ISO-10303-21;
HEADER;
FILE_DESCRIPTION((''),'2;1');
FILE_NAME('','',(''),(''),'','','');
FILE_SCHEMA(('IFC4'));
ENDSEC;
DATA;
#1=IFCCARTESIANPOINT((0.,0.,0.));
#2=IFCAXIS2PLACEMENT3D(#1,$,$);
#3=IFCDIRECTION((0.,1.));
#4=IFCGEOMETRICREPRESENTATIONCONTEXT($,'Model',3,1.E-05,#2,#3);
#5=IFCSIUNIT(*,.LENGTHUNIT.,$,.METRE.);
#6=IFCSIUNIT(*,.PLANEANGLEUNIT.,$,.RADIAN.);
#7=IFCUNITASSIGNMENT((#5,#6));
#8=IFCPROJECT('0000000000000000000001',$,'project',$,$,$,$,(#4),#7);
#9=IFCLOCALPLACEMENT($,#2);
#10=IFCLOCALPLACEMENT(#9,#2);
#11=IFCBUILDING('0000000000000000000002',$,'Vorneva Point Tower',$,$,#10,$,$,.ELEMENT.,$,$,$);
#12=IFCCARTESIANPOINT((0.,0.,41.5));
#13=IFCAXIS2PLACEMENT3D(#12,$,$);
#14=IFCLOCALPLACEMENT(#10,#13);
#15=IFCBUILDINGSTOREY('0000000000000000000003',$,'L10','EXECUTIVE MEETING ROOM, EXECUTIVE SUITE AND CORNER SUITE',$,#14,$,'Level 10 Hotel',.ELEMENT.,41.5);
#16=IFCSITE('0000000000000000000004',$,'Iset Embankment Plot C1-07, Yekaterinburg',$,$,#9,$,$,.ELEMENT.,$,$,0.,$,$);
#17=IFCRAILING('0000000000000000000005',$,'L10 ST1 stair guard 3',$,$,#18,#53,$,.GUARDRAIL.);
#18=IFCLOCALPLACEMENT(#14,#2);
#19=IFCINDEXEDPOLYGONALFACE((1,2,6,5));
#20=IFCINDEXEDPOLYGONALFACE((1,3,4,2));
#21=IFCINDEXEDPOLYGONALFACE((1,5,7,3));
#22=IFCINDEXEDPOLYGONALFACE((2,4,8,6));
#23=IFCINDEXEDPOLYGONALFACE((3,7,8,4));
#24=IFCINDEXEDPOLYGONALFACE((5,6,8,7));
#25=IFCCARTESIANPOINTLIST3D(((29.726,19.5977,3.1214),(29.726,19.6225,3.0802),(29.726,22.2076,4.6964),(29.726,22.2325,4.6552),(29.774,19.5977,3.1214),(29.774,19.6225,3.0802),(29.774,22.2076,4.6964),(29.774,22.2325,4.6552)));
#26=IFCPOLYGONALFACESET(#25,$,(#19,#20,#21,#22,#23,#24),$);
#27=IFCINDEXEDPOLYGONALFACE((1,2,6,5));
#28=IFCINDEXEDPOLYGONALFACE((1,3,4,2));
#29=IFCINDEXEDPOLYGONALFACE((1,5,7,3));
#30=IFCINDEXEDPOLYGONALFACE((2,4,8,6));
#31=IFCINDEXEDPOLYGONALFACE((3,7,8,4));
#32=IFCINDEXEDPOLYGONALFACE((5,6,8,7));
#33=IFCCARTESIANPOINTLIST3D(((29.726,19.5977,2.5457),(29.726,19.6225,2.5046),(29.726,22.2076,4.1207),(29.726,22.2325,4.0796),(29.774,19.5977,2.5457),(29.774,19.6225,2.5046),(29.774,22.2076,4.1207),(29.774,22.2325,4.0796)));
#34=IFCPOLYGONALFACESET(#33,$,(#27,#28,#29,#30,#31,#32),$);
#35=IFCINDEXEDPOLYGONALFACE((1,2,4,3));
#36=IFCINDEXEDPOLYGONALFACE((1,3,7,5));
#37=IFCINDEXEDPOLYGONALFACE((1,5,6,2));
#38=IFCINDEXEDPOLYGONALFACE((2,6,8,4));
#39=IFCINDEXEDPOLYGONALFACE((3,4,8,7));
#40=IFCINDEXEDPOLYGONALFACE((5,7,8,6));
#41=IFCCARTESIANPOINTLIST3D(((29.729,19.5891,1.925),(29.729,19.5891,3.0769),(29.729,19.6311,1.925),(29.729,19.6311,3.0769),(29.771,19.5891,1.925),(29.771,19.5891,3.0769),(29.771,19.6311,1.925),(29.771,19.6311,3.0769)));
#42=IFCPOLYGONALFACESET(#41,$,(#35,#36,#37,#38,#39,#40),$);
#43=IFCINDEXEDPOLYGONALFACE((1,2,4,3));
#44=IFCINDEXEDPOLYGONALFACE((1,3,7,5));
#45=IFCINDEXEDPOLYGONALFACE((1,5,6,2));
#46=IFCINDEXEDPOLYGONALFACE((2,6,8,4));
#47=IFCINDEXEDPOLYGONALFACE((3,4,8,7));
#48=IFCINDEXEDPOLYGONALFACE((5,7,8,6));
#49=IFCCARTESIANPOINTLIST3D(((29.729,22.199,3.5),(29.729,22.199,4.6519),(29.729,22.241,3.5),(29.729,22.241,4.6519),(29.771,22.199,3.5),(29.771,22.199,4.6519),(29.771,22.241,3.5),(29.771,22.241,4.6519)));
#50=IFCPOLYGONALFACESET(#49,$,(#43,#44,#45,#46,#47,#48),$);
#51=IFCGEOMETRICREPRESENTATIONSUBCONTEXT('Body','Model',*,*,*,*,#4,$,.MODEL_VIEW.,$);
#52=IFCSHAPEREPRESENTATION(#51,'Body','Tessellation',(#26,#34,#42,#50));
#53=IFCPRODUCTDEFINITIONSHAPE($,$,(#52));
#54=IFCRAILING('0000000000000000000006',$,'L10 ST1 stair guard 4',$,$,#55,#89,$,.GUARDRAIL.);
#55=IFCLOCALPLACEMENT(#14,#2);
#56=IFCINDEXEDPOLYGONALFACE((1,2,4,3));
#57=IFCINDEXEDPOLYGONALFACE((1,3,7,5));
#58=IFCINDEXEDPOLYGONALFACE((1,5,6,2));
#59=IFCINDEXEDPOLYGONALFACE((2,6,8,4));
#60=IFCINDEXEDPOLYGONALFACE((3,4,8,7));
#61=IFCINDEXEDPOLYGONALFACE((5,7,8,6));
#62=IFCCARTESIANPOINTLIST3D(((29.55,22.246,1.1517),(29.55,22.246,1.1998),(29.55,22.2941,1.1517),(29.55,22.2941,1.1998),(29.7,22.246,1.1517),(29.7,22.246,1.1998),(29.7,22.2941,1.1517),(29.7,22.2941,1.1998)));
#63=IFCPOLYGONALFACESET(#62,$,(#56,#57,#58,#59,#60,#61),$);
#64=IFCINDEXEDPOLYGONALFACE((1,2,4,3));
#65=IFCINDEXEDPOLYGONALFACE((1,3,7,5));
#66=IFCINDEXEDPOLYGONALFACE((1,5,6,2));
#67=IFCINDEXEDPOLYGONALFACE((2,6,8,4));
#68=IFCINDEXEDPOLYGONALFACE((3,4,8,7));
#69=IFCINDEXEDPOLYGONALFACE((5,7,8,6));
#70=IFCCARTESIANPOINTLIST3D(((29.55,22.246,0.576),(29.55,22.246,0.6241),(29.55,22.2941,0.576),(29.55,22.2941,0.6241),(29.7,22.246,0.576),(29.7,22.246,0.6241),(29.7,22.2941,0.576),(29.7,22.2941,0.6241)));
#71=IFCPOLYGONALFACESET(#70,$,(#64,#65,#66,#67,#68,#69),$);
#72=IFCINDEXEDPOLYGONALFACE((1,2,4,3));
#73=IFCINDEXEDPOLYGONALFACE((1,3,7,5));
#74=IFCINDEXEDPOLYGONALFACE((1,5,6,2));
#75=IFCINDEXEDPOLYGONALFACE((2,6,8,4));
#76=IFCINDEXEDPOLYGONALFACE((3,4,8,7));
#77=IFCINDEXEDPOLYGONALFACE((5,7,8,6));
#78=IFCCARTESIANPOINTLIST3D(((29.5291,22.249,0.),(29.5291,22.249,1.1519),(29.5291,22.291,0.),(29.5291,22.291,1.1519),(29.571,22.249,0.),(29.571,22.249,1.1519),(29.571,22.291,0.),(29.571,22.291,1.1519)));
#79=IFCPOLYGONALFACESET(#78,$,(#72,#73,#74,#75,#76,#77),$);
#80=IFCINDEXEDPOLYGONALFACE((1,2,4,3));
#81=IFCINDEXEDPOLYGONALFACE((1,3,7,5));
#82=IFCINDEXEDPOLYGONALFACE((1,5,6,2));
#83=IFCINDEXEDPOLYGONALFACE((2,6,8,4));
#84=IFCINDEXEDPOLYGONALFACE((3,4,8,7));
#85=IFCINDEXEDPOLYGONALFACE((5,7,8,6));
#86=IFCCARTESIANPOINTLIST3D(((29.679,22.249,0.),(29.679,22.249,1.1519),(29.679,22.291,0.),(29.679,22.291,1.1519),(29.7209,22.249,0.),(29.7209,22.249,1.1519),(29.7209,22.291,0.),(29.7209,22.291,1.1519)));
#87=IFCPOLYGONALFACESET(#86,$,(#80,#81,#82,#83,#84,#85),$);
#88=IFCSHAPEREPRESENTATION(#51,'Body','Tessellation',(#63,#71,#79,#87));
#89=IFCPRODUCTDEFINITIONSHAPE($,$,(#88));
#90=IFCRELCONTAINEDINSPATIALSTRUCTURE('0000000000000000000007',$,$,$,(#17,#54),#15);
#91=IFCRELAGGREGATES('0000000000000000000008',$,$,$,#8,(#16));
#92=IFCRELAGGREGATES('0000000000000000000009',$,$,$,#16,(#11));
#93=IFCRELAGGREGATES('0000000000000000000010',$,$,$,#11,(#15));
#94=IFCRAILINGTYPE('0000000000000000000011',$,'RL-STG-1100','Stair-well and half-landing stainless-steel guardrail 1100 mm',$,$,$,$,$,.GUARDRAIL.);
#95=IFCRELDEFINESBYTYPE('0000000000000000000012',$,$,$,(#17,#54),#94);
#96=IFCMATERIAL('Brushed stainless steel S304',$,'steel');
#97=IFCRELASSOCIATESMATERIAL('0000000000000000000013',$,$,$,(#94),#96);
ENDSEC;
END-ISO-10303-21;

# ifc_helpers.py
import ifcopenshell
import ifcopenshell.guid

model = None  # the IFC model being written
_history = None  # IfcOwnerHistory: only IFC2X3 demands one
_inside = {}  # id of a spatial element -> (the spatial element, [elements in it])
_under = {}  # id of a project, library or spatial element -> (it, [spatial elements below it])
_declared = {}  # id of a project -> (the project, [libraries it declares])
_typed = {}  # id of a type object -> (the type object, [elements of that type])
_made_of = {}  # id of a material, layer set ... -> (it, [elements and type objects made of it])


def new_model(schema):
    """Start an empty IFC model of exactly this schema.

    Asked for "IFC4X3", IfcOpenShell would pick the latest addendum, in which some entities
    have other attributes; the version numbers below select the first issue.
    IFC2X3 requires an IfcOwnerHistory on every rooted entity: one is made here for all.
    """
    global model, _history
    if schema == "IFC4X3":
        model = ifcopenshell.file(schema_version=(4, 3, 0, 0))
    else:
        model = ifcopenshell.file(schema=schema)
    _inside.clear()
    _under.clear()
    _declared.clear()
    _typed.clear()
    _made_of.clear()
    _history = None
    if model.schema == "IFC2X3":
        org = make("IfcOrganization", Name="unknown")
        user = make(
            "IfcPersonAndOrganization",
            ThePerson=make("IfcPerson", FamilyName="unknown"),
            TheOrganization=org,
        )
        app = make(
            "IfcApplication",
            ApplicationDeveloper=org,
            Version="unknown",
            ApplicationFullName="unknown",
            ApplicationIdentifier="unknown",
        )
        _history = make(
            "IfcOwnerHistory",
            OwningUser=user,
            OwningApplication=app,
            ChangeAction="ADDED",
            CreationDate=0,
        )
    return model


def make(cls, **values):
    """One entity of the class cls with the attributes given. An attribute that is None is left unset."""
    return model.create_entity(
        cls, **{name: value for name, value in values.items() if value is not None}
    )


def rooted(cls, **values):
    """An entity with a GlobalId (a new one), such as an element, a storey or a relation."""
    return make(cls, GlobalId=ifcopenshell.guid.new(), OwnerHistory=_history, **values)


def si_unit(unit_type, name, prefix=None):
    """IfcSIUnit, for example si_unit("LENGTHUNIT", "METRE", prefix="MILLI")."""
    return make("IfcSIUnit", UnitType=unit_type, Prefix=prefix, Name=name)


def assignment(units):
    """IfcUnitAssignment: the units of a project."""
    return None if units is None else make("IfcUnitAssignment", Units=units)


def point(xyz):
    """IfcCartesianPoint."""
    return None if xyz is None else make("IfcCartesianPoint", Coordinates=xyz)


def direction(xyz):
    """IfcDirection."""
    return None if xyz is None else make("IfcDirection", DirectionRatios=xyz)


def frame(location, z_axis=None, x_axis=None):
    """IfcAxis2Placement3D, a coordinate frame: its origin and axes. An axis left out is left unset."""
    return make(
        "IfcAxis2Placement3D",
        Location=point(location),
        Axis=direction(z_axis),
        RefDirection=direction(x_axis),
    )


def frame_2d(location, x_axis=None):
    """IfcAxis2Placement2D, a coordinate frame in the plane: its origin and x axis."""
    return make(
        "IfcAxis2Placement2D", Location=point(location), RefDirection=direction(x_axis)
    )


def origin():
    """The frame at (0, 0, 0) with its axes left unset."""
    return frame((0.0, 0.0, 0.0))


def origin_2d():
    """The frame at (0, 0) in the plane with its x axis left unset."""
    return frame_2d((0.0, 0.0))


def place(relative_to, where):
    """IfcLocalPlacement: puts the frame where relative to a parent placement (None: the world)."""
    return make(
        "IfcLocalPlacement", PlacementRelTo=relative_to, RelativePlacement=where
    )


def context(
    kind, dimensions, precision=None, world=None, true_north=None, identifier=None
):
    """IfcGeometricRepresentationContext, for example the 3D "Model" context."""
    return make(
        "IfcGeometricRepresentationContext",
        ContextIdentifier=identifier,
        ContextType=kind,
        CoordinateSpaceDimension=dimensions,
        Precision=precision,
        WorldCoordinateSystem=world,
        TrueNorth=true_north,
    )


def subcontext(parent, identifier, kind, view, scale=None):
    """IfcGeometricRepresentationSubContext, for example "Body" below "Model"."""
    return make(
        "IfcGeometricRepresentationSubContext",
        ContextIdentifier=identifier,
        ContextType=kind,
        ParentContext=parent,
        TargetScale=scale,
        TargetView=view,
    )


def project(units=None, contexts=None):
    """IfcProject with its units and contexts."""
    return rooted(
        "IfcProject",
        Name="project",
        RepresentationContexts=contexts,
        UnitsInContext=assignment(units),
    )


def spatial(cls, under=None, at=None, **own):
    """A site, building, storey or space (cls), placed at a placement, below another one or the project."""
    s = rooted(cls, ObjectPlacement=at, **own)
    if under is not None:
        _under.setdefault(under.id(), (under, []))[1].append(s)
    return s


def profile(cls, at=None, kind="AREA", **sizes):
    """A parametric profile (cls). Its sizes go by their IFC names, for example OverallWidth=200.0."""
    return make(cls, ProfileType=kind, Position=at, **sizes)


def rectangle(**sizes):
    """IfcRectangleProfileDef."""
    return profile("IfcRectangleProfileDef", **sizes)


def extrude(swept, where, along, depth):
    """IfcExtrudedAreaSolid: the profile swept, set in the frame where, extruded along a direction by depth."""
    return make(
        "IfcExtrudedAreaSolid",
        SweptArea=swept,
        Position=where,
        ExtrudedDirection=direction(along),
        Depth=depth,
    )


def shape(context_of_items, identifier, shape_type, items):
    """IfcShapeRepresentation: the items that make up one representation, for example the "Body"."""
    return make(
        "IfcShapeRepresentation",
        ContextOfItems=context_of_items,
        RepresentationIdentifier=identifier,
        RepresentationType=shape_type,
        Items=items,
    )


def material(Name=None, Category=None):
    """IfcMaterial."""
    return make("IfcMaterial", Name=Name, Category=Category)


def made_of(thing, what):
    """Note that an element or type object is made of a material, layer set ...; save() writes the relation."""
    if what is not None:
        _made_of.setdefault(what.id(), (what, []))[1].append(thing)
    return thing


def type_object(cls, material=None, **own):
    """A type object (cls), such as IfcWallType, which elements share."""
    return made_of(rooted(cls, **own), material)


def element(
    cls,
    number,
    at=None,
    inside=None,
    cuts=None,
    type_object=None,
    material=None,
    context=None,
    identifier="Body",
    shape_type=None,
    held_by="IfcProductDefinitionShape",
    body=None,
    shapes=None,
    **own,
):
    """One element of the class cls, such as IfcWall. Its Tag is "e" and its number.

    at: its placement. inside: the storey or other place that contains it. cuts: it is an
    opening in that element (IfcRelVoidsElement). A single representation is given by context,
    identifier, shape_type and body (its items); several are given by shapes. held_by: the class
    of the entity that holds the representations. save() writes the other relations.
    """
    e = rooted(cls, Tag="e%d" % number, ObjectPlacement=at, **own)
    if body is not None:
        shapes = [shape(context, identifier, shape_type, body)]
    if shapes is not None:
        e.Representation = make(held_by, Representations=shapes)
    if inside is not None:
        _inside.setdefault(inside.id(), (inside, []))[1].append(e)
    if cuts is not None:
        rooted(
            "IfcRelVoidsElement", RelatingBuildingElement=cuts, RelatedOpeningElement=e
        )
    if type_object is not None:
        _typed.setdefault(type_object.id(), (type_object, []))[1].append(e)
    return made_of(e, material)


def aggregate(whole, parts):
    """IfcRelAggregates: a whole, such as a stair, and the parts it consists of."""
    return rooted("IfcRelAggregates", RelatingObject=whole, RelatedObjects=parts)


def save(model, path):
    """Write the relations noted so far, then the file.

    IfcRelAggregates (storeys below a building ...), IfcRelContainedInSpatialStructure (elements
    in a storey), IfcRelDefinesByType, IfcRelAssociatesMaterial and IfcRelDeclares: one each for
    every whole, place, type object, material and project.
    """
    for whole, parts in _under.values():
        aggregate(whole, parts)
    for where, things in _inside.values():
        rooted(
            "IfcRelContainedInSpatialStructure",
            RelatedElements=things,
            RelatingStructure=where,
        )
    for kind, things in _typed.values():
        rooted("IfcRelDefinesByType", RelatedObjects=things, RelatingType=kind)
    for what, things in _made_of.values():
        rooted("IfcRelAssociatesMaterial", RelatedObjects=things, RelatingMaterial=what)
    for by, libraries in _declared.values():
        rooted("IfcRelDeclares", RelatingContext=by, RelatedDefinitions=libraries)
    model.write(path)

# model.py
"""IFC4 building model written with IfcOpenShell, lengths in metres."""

from ifc_helpers import new_model, si_unit, direction, frame, origin, origin_2d, place, context, subcontext, project, spatial, rectangle, extrude, material, type_object, element, save


model = new_model("IFC4")

# Units and contexts
model_context = context("Model", 3, precision=1e-05, world=origin(), true_north=direction((0.0, 1.0)))
body_context = subcontext(model_context, "Body", "Model", "MODEL_VIEW")
ifc_project = project(units=[si_unit("LENGTHUNIT", "METRE"), si_unit("PLANEANGLEUNIT", "RADIAN")], contexts=[model_context])

# Site, building, storey
site_placement = place(None, origin())
site = spatial("IfcSite", under=ifc_project, at=site_placement, Name="Iset Embankment Plot C1-07, Yekaterinburg", CompositionType="ELEMENT", RefElevation=0.0)
building_placement = place(site_placement, origin())
building = spatial("IfcBuilding", under=site, at=building_placement, Name="Vorneva Point Tower", CompositionType="ELEMENT")
storey_placement = place(building_placement, frame((0.0, 0.0, 41.5)))
storey = spatial("IfcBuildingStorey", under=building, at=storey_placement, Name="L10", Description="EXECUTIVE MEETING ROOM, EXECUTIVE SUITE AND CORNER SUITE", LongName="Level 10 Hotel", CompositionType="ELEMENT", Elevation=41.5)

# Railings
ifc_material_1 = material(Name="Brushed stainless steel S304", Category="steel")
railing_type_1 = type_object("IfcRailingType", Name="RL-STG-1100", Description="Stair-well and half-landing stainless-steel guardrail 1100 mm", PredefinedType="GUARDRAIL", material=ifc_material_1)
railing_1_placement = place(storey_placement, frame((29.75, 19.6101, 1.925)))
element("IfcRailing", 1, at=railing_1_placement, inside=storey, type_object=railing_type_1, Name="L10 ST1 stair guard 3", PredefinedType="GUARDRAIL", context=body_context, shape_type="SweptSolid", body=[
    extrude(rectangle(XDim=0.0481, YDim=0.0481, at=origin_2d()), frame((0.0, 0.0, 1.1758), z_axis=(0.0, 0.856183, 0.516673), x_axis=(-1.0, 0.0, 0.0)), (0.0, 0.0, 1.0), 3.0483),
    extrude(rectangle(XDim=0.0481, YDim=0.0481, at=origin_2d()), frame((0.0, 0.0, 0.6001), z_axis=(0.0, 0.856183, 0.516673), x_axis=(-1.0, 0.0, 0.0)), (0.0, 0.0, 1.0), 3.0483),
    extrude(rectangle(XDim=0.042, YDim=0.042, at=origin_2d()), origin(), (0.0, 0.0, 1.0), 1.1519),
    extrude(rectangle(XDim=0.042, YDim=0.042, at=origin_2d()), frame((0.0, 2.6099, 1.575)), (0.0, 0.0, 1.0), 1.1519),
])
railing_2_placement = place(storey_placement, frame((29.55, 22.27, 0.0)))
element("IfcRailing", 2, at=railing_2_placement, inside=storey, type_object=railing_type_1, Name="L10 ST1 stair guard 4", PredefinedType="GUARDRAIL", context=body_context, shape_type="SweptSolid", body=[
    extrude(rectangle(XDim=0.0481, YDim=0.0481, at=origin_2d()), frame((0.0, 0.0, 1.1758), z_axis=(1.0, 0.0, 0.0), x_axis=(0.0, 1.0, 0.0)), (0.0, 0.0, 1.0), 0.1499),
    extrude(rectangle(XDim=0.0481, YDim=0.0481, at=origin_2d()), frame((0.0, 0.0, 0.6001), z_axis=(1.0, 0.0, 0.0), x_axis=(0.0, 1.0, 0.0)), (0.0, 0.0, 1.0), 0.1499),
    extrude(rectangle(XDim=0.042, YDim=0.042, at=origin_2d()), origin(), (0.0, 0.0, 1.0), 1.1519),
    extrude(rectangle(XDim=0.042, YDim=0.042, at=origin_2d()), frame((0.1499, 0.0, 0.0)), (0.0, 0.0, 1.0), 1.1519),
])

save(model, "model.ifc")
